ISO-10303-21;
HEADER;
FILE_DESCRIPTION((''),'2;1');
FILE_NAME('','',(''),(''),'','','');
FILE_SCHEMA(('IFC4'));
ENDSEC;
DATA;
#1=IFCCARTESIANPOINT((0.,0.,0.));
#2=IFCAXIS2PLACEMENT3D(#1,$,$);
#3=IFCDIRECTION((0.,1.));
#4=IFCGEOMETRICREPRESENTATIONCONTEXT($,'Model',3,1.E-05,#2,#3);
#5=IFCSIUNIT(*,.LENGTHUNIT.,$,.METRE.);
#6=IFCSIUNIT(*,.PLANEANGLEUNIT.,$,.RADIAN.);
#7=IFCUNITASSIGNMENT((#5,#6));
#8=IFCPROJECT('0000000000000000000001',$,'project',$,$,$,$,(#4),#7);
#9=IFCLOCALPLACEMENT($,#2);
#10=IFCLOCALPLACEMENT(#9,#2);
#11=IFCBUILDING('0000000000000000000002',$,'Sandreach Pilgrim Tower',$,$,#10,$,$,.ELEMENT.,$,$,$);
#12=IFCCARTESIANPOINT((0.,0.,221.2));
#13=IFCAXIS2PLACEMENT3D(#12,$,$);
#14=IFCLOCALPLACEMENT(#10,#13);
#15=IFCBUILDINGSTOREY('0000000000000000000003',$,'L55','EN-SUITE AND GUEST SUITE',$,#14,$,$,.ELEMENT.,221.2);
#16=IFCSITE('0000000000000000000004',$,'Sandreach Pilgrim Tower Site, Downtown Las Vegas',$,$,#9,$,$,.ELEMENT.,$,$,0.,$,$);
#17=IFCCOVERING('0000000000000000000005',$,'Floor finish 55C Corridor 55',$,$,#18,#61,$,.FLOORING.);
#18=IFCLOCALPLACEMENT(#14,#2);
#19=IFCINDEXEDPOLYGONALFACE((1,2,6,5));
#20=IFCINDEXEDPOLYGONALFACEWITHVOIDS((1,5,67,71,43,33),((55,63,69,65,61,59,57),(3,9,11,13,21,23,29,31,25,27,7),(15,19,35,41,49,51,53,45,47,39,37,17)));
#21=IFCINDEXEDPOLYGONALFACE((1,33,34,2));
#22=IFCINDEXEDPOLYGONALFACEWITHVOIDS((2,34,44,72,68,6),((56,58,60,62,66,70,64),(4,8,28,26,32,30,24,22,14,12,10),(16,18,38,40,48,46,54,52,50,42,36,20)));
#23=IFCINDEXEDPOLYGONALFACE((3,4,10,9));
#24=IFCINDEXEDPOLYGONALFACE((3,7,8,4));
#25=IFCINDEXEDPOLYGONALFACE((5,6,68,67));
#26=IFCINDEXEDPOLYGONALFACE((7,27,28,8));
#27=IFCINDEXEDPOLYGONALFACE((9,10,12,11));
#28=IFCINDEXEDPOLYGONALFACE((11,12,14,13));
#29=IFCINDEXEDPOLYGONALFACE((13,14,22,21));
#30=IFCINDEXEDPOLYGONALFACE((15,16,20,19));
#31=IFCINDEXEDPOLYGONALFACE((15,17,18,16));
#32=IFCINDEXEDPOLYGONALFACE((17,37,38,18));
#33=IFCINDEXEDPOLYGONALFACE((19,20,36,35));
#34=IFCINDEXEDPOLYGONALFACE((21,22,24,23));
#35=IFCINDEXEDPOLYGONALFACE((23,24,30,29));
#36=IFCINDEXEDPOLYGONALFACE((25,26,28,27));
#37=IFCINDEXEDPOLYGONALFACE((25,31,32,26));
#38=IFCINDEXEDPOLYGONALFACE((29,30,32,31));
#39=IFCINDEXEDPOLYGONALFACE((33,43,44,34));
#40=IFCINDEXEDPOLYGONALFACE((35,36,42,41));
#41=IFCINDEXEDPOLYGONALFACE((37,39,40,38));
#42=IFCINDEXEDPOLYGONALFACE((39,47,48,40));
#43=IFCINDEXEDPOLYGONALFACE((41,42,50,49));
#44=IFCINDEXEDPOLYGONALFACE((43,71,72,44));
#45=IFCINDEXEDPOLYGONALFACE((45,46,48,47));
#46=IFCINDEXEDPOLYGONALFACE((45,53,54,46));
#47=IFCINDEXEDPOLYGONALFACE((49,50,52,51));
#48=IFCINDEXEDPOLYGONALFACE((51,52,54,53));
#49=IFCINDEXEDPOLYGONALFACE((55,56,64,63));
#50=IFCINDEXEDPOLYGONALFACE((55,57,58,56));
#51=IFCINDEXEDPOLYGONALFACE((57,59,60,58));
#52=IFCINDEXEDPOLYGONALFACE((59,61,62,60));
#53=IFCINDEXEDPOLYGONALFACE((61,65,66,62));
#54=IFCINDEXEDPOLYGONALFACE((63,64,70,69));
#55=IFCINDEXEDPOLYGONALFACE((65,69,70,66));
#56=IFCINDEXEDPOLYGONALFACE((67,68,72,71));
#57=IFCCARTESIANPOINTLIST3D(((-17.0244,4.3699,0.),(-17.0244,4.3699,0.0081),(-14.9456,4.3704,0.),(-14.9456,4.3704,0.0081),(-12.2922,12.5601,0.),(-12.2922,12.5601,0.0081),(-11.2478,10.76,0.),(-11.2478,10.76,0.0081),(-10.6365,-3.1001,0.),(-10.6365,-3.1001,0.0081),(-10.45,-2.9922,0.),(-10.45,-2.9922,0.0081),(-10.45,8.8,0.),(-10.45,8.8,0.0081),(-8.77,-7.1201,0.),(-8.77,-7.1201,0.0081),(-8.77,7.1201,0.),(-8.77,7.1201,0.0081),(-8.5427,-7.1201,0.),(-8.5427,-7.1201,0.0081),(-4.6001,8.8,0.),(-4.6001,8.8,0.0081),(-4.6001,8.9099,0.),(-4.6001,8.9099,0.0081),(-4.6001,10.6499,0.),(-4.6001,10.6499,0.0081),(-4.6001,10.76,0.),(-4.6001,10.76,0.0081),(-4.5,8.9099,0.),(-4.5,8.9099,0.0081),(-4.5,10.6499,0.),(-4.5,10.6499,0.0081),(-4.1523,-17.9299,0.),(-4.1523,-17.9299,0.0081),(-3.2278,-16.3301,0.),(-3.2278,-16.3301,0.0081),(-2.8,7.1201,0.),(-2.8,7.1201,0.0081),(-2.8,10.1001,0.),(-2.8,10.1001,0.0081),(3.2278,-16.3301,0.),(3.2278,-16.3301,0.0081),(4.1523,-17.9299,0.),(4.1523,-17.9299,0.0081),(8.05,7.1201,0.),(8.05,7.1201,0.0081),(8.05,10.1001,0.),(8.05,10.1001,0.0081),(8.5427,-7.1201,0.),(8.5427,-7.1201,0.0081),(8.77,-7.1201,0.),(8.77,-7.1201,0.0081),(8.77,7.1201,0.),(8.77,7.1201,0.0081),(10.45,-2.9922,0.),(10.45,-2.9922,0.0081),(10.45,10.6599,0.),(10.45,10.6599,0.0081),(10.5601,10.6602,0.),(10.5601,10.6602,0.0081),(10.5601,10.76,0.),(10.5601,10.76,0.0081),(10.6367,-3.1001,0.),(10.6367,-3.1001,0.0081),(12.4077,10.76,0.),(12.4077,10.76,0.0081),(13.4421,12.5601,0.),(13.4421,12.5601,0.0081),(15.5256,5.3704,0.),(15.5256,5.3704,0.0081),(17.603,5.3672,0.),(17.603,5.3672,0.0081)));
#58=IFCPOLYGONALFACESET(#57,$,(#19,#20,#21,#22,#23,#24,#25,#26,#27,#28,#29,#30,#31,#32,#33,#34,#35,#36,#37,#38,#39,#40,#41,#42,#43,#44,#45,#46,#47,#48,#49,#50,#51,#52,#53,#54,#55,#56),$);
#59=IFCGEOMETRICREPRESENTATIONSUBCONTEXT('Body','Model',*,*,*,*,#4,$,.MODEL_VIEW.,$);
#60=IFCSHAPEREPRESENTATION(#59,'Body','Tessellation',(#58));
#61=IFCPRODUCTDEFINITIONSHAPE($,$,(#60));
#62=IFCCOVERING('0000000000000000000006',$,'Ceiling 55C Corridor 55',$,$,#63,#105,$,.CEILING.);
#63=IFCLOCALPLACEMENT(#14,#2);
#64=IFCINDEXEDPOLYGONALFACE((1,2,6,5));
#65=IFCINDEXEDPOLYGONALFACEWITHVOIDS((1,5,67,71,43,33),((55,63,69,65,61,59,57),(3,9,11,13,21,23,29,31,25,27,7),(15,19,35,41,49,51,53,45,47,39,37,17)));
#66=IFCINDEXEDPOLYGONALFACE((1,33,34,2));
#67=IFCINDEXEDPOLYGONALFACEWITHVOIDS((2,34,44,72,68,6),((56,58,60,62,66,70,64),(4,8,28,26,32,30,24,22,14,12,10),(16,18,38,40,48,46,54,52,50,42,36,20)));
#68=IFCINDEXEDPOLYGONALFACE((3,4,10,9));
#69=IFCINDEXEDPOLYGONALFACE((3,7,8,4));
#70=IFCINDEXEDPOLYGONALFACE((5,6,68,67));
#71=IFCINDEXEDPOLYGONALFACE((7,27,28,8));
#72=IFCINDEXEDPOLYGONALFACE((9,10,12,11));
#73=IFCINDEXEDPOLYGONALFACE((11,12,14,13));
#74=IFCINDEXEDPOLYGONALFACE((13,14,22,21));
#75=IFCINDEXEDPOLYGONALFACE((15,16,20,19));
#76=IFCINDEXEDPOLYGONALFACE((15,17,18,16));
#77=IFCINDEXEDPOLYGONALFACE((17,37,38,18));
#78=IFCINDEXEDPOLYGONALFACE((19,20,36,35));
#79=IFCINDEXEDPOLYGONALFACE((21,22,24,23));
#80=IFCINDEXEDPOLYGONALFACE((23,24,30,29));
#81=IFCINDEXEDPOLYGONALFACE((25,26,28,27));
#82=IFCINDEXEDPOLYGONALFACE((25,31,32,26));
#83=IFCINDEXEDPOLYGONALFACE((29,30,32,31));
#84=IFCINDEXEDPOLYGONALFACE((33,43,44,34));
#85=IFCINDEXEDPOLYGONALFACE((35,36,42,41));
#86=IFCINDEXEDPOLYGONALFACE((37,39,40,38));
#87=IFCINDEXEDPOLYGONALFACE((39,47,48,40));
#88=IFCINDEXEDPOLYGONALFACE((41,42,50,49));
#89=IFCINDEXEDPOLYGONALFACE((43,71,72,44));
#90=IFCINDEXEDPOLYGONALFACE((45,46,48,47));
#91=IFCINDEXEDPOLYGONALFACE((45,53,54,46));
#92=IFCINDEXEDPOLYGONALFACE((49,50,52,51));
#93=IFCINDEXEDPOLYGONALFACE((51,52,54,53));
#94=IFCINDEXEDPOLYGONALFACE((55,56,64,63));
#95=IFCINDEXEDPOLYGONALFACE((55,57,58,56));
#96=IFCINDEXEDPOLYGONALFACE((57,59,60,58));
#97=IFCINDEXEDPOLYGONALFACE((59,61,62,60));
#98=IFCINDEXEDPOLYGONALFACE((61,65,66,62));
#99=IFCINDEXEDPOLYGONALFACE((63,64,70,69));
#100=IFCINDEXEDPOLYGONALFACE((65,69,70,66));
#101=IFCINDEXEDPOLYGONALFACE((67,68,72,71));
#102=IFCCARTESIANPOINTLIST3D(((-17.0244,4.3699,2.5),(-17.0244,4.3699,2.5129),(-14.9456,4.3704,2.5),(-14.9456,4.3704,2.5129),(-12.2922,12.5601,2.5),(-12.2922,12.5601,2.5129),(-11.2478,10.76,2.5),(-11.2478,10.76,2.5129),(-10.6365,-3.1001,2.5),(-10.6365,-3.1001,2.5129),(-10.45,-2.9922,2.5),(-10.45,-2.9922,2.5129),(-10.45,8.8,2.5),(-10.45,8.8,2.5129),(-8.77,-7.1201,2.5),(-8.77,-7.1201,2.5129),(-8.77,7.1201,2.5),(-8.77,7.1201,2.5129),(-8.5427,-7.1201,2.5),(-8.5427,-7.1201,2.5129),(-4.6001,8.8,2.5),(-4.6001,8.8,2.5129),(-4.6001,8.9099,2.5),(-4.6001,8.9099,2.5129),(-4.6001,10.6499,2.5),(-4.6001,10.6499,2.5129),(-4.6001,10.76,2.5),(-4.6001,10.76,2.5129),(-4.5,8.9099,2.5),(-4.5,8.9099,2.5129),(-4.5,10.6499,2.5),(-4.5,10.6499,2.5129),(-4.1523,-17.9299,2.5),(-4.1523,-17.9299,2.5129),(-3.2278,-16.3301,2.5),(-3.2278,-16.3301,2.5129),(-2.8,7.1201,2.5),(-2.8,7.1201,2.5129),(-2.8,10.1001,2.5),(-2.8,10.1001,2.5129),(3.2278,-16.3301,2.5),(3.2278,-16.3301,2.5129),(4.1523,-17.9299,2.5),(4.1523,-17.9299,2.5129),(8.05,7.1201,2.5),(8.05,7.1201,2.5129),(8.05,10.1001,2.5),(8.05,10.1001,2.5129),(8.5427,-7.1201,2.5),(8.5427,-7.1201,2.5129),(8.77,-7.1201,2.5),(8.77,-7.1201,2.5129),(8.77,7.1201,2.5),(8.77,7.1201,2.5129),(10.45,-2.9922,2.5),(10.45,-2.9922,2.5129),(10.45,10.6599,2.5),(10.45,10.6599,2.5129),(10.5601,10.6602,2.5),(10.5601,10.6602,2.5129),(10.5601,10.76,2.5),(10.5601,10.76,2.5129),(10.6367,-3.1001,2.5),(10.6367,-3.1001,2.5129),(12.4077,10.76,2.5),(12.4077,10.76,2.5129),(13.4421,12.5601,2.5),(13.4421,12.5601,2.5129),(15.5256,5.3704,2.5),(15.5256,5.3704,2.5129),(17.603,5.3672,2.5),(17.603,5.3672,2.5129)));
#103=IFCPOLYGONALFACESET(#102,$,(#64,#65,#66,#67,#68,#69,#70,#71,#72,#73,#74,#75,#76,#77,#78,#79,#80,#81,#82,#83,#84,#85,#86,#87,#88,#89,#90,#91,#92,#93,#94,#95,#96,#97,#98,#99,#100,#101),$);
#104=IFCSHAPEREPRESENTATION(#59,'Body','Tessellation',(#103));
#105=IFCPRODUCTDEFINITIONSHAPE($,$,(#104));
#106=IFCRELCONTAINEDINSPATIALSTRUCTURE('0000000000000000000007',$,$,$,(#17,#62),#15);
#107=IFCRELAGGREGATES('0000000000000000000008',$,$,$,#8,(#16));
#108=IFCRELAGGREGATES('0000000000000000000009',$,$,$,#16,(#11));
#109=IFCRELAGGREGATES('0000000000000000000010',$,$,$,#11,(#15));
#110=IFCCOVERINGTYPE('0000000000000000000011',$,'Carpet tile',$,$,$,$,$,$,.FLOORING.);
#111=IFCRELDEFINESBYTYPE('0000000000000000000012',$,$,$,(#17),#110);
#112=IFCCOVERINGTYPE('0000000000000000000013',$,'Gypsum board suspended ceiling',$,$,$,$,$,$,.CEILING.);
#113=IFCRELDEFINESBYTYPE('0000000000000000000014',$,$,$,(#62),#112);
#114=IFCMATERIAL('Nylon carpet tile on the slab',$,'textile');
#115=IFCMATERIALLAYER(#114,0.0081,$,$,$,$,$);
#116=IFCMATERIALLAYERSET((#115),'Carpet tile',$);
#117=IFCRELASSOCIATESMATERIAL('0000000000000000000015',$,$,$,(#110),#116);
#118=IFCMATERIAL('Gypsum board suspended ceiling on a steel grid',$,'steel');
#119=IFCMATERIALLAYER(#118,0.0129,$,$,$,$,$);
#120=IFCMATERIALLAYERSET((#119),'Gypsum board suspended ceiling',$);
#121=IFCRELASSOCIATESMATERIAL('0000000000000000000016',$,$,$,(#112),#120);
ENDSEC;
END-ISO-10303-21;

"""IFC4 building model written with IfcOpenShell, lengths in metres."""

from ifc_helpers import new_model, si_unit, direction, frame, origin, place, context, subcontext, project, spatial, polyline, outline, extrude, material, layer, layer_set, type_object, element, save


model = new_model("IFC4")

# Units and contexts
model_context = context("Model", 3, precision=1e-05, world=origin(), true_north=direction((0.0, 1.0)))
body_context = subcontext(model_context, "Body", "Model", "MODEL_VIEW")
ifc_project = project(units=[si_unit("LENGTHUNIT", "METRE"), si_unit("PLANEANGLEUNIT", "RADIAN")], contexts=[model_context])

# Site, building, storey
site_placement = place(None, origin())
site = spatial("IfcSite", under=ifc_project, at=site_placement, Name="Sandreach Pilgrim Tower Site, Downtown Las Vegas", CompositionType="ELEMENT", RefElevation=0.0)
building_placement = place(site_placement, origin())
building = spatial("IfcBuilding", under=site, at=building_placement, Name="Sandreach Pilgrim Tower", CompositionType="ELEMENT")
storey_placement = place(building_placement, frame((0.0, 0.0, 221.2)))
storey = spatial("IfcBuildingStorey", under=building, at=storey_placement, Name="L55", Description="EN-SUITE AND GUEST SUITE", CompositionType="ELEMENT", Elevation=221.2)

# Coverings
ifc_material_1 = material(Name="Nylon carpet tile on the slab", Category="textile")
ifc_layer_1 = layer(ifc_material_1, 0.0081)
ifc_layer_set_1 = layer_set([ifc_layer_1], Name="Carpet tile")
covering_type_1 = type_object("IfcCoveringType", Name="Carpet tile", PredefinedType="FLOORING", material=ifc_layer_set_1)
covering_1_placement = place(storey_placement, origin())
element("IfcCovering", 1, at=covering_1_placement, inside=storey, type_object=covering_type_1, Name="Floor finish 55C Corridor 55", PredefinedType="FLOORING", context=body_context, shape_type="SweptSolid", body=[
    extrude(outline(polyline([(-17.0244, 4.3699), (-12.2922, 12.5601), (13.4421, 12.5601), (17.603, 5.3672), (4.1523, -17.9299), (-4.1523, -17.9299), (-17.0244, 4.3699)]), holes=[polyline([(10.45, 10.6599), (10.45, -2.9922), (10.6367, -3.1001), (15.5256, 5.3704), (12.4077, 10.76), (10.5601, 10.76), (10.5601, 10.6602), (10.45, 10.6599)]), polyline([(-3.2278, -16.3301), (3.2278, -16.3301), (8.5427, -7.1201), (8.77, -7.1201), (8.77, 7.1201), (8.05, 7.1201), (8.05, 10.1001), (-2.8, 10.1001), (-2.8, 7.1201), (-8.77, 7.1201), (-8.77, -7.1201), (-8.5427, -7.1201), (-3.2278, -16.3301)]), polyline([(-14.9456, 4.3704), (-10.6365, -3.1001), (-10.45, -2.9922), (-10.45, 8.8), (-4.6001, 8.8), (-4.6001, 8.9099), (-4.5, 8.9099), (-4.5, 10.6499), (-4.6001, 10.6499), (-4.6001, 10.76), (-11.2478, 10.76), (-14.9456, 4.3704)])]), origin(), (0.0, 0.0, 1.0), 0.0081),
])
ifc_material_2 = material(Name="Gypsum board suspended ceiling on a steel grid", Category="steel")
ifc_layer_2 = layer(ifc_material_2, 0.0129)
ifc_layer_set_2 = layer_set([ifc_layer_2], Name="Gypsum board suspended ceiling")
covering_type_2 = type_object("IfcCoveringType", Name="Gypsum board suspended ceiling", PredefinedType="CEILING", material=ifc_layer_set_2)
covering_2_placement = place(storey_placement, frame((0.0, 0.0, 2.5)))
element("IfcCovering", 2, at=covering_2_placement, inside=storey, type_object=covering_type_2, Name="Ceiling 55C Corridor 55", PredefinedType="CEILING", context=body_context, shape_type="SweptSolid", body=[
    extrude(outline(polyline([(-17.0244, 4.3699), (-12.2922, 12.5601), (13.4421, 12.5601), (17.603, 5.3672), (4.1523, -17.9299), (-4.1523, -17.9299), (-17.0244, 4.3699)]), holes=[polyline([(10.45, 10.6599), (10.45, -2.9922), (10.6367, -3.1001), (15.5256, 5.3704), (12.4077, 10.76), (10.5601, 10.76), (10.5601, 10.6602), (10.45, 10.6599)]), polyline([(-3.2278, -16.3301), (3.2278, -16.3301), (8.5427, -7.1201), (8.77, -7.1201), (8.77, 7.1201), (8.05, 7.1201), (8.05, 10.1001), (-2.8, 10.1001), (-2.8, 7.1201), (-8.77, 7.1201), (-8.77, -7.1201), (-8.5427, -7.1201), (-3.2278, -16.3301)]), polyline([(-14.9456, 4.3704), (-10.6365, -3.1001), (-10.45, -2.9922), (-10.45, 8.8), (-4.6001, 8.8), (-4.6001, 8.9099), (-4.5, 8.9099), (-4.5, 10.6499), (-4.6001, 10.6499), (-4.6001, 10.76), (-11.2478, 10.76), (-14.9456, 4.3704)])]), origin(), (0.0, 0.0, 1.0), 0.0129),
])

save(model, "model.ifc")
